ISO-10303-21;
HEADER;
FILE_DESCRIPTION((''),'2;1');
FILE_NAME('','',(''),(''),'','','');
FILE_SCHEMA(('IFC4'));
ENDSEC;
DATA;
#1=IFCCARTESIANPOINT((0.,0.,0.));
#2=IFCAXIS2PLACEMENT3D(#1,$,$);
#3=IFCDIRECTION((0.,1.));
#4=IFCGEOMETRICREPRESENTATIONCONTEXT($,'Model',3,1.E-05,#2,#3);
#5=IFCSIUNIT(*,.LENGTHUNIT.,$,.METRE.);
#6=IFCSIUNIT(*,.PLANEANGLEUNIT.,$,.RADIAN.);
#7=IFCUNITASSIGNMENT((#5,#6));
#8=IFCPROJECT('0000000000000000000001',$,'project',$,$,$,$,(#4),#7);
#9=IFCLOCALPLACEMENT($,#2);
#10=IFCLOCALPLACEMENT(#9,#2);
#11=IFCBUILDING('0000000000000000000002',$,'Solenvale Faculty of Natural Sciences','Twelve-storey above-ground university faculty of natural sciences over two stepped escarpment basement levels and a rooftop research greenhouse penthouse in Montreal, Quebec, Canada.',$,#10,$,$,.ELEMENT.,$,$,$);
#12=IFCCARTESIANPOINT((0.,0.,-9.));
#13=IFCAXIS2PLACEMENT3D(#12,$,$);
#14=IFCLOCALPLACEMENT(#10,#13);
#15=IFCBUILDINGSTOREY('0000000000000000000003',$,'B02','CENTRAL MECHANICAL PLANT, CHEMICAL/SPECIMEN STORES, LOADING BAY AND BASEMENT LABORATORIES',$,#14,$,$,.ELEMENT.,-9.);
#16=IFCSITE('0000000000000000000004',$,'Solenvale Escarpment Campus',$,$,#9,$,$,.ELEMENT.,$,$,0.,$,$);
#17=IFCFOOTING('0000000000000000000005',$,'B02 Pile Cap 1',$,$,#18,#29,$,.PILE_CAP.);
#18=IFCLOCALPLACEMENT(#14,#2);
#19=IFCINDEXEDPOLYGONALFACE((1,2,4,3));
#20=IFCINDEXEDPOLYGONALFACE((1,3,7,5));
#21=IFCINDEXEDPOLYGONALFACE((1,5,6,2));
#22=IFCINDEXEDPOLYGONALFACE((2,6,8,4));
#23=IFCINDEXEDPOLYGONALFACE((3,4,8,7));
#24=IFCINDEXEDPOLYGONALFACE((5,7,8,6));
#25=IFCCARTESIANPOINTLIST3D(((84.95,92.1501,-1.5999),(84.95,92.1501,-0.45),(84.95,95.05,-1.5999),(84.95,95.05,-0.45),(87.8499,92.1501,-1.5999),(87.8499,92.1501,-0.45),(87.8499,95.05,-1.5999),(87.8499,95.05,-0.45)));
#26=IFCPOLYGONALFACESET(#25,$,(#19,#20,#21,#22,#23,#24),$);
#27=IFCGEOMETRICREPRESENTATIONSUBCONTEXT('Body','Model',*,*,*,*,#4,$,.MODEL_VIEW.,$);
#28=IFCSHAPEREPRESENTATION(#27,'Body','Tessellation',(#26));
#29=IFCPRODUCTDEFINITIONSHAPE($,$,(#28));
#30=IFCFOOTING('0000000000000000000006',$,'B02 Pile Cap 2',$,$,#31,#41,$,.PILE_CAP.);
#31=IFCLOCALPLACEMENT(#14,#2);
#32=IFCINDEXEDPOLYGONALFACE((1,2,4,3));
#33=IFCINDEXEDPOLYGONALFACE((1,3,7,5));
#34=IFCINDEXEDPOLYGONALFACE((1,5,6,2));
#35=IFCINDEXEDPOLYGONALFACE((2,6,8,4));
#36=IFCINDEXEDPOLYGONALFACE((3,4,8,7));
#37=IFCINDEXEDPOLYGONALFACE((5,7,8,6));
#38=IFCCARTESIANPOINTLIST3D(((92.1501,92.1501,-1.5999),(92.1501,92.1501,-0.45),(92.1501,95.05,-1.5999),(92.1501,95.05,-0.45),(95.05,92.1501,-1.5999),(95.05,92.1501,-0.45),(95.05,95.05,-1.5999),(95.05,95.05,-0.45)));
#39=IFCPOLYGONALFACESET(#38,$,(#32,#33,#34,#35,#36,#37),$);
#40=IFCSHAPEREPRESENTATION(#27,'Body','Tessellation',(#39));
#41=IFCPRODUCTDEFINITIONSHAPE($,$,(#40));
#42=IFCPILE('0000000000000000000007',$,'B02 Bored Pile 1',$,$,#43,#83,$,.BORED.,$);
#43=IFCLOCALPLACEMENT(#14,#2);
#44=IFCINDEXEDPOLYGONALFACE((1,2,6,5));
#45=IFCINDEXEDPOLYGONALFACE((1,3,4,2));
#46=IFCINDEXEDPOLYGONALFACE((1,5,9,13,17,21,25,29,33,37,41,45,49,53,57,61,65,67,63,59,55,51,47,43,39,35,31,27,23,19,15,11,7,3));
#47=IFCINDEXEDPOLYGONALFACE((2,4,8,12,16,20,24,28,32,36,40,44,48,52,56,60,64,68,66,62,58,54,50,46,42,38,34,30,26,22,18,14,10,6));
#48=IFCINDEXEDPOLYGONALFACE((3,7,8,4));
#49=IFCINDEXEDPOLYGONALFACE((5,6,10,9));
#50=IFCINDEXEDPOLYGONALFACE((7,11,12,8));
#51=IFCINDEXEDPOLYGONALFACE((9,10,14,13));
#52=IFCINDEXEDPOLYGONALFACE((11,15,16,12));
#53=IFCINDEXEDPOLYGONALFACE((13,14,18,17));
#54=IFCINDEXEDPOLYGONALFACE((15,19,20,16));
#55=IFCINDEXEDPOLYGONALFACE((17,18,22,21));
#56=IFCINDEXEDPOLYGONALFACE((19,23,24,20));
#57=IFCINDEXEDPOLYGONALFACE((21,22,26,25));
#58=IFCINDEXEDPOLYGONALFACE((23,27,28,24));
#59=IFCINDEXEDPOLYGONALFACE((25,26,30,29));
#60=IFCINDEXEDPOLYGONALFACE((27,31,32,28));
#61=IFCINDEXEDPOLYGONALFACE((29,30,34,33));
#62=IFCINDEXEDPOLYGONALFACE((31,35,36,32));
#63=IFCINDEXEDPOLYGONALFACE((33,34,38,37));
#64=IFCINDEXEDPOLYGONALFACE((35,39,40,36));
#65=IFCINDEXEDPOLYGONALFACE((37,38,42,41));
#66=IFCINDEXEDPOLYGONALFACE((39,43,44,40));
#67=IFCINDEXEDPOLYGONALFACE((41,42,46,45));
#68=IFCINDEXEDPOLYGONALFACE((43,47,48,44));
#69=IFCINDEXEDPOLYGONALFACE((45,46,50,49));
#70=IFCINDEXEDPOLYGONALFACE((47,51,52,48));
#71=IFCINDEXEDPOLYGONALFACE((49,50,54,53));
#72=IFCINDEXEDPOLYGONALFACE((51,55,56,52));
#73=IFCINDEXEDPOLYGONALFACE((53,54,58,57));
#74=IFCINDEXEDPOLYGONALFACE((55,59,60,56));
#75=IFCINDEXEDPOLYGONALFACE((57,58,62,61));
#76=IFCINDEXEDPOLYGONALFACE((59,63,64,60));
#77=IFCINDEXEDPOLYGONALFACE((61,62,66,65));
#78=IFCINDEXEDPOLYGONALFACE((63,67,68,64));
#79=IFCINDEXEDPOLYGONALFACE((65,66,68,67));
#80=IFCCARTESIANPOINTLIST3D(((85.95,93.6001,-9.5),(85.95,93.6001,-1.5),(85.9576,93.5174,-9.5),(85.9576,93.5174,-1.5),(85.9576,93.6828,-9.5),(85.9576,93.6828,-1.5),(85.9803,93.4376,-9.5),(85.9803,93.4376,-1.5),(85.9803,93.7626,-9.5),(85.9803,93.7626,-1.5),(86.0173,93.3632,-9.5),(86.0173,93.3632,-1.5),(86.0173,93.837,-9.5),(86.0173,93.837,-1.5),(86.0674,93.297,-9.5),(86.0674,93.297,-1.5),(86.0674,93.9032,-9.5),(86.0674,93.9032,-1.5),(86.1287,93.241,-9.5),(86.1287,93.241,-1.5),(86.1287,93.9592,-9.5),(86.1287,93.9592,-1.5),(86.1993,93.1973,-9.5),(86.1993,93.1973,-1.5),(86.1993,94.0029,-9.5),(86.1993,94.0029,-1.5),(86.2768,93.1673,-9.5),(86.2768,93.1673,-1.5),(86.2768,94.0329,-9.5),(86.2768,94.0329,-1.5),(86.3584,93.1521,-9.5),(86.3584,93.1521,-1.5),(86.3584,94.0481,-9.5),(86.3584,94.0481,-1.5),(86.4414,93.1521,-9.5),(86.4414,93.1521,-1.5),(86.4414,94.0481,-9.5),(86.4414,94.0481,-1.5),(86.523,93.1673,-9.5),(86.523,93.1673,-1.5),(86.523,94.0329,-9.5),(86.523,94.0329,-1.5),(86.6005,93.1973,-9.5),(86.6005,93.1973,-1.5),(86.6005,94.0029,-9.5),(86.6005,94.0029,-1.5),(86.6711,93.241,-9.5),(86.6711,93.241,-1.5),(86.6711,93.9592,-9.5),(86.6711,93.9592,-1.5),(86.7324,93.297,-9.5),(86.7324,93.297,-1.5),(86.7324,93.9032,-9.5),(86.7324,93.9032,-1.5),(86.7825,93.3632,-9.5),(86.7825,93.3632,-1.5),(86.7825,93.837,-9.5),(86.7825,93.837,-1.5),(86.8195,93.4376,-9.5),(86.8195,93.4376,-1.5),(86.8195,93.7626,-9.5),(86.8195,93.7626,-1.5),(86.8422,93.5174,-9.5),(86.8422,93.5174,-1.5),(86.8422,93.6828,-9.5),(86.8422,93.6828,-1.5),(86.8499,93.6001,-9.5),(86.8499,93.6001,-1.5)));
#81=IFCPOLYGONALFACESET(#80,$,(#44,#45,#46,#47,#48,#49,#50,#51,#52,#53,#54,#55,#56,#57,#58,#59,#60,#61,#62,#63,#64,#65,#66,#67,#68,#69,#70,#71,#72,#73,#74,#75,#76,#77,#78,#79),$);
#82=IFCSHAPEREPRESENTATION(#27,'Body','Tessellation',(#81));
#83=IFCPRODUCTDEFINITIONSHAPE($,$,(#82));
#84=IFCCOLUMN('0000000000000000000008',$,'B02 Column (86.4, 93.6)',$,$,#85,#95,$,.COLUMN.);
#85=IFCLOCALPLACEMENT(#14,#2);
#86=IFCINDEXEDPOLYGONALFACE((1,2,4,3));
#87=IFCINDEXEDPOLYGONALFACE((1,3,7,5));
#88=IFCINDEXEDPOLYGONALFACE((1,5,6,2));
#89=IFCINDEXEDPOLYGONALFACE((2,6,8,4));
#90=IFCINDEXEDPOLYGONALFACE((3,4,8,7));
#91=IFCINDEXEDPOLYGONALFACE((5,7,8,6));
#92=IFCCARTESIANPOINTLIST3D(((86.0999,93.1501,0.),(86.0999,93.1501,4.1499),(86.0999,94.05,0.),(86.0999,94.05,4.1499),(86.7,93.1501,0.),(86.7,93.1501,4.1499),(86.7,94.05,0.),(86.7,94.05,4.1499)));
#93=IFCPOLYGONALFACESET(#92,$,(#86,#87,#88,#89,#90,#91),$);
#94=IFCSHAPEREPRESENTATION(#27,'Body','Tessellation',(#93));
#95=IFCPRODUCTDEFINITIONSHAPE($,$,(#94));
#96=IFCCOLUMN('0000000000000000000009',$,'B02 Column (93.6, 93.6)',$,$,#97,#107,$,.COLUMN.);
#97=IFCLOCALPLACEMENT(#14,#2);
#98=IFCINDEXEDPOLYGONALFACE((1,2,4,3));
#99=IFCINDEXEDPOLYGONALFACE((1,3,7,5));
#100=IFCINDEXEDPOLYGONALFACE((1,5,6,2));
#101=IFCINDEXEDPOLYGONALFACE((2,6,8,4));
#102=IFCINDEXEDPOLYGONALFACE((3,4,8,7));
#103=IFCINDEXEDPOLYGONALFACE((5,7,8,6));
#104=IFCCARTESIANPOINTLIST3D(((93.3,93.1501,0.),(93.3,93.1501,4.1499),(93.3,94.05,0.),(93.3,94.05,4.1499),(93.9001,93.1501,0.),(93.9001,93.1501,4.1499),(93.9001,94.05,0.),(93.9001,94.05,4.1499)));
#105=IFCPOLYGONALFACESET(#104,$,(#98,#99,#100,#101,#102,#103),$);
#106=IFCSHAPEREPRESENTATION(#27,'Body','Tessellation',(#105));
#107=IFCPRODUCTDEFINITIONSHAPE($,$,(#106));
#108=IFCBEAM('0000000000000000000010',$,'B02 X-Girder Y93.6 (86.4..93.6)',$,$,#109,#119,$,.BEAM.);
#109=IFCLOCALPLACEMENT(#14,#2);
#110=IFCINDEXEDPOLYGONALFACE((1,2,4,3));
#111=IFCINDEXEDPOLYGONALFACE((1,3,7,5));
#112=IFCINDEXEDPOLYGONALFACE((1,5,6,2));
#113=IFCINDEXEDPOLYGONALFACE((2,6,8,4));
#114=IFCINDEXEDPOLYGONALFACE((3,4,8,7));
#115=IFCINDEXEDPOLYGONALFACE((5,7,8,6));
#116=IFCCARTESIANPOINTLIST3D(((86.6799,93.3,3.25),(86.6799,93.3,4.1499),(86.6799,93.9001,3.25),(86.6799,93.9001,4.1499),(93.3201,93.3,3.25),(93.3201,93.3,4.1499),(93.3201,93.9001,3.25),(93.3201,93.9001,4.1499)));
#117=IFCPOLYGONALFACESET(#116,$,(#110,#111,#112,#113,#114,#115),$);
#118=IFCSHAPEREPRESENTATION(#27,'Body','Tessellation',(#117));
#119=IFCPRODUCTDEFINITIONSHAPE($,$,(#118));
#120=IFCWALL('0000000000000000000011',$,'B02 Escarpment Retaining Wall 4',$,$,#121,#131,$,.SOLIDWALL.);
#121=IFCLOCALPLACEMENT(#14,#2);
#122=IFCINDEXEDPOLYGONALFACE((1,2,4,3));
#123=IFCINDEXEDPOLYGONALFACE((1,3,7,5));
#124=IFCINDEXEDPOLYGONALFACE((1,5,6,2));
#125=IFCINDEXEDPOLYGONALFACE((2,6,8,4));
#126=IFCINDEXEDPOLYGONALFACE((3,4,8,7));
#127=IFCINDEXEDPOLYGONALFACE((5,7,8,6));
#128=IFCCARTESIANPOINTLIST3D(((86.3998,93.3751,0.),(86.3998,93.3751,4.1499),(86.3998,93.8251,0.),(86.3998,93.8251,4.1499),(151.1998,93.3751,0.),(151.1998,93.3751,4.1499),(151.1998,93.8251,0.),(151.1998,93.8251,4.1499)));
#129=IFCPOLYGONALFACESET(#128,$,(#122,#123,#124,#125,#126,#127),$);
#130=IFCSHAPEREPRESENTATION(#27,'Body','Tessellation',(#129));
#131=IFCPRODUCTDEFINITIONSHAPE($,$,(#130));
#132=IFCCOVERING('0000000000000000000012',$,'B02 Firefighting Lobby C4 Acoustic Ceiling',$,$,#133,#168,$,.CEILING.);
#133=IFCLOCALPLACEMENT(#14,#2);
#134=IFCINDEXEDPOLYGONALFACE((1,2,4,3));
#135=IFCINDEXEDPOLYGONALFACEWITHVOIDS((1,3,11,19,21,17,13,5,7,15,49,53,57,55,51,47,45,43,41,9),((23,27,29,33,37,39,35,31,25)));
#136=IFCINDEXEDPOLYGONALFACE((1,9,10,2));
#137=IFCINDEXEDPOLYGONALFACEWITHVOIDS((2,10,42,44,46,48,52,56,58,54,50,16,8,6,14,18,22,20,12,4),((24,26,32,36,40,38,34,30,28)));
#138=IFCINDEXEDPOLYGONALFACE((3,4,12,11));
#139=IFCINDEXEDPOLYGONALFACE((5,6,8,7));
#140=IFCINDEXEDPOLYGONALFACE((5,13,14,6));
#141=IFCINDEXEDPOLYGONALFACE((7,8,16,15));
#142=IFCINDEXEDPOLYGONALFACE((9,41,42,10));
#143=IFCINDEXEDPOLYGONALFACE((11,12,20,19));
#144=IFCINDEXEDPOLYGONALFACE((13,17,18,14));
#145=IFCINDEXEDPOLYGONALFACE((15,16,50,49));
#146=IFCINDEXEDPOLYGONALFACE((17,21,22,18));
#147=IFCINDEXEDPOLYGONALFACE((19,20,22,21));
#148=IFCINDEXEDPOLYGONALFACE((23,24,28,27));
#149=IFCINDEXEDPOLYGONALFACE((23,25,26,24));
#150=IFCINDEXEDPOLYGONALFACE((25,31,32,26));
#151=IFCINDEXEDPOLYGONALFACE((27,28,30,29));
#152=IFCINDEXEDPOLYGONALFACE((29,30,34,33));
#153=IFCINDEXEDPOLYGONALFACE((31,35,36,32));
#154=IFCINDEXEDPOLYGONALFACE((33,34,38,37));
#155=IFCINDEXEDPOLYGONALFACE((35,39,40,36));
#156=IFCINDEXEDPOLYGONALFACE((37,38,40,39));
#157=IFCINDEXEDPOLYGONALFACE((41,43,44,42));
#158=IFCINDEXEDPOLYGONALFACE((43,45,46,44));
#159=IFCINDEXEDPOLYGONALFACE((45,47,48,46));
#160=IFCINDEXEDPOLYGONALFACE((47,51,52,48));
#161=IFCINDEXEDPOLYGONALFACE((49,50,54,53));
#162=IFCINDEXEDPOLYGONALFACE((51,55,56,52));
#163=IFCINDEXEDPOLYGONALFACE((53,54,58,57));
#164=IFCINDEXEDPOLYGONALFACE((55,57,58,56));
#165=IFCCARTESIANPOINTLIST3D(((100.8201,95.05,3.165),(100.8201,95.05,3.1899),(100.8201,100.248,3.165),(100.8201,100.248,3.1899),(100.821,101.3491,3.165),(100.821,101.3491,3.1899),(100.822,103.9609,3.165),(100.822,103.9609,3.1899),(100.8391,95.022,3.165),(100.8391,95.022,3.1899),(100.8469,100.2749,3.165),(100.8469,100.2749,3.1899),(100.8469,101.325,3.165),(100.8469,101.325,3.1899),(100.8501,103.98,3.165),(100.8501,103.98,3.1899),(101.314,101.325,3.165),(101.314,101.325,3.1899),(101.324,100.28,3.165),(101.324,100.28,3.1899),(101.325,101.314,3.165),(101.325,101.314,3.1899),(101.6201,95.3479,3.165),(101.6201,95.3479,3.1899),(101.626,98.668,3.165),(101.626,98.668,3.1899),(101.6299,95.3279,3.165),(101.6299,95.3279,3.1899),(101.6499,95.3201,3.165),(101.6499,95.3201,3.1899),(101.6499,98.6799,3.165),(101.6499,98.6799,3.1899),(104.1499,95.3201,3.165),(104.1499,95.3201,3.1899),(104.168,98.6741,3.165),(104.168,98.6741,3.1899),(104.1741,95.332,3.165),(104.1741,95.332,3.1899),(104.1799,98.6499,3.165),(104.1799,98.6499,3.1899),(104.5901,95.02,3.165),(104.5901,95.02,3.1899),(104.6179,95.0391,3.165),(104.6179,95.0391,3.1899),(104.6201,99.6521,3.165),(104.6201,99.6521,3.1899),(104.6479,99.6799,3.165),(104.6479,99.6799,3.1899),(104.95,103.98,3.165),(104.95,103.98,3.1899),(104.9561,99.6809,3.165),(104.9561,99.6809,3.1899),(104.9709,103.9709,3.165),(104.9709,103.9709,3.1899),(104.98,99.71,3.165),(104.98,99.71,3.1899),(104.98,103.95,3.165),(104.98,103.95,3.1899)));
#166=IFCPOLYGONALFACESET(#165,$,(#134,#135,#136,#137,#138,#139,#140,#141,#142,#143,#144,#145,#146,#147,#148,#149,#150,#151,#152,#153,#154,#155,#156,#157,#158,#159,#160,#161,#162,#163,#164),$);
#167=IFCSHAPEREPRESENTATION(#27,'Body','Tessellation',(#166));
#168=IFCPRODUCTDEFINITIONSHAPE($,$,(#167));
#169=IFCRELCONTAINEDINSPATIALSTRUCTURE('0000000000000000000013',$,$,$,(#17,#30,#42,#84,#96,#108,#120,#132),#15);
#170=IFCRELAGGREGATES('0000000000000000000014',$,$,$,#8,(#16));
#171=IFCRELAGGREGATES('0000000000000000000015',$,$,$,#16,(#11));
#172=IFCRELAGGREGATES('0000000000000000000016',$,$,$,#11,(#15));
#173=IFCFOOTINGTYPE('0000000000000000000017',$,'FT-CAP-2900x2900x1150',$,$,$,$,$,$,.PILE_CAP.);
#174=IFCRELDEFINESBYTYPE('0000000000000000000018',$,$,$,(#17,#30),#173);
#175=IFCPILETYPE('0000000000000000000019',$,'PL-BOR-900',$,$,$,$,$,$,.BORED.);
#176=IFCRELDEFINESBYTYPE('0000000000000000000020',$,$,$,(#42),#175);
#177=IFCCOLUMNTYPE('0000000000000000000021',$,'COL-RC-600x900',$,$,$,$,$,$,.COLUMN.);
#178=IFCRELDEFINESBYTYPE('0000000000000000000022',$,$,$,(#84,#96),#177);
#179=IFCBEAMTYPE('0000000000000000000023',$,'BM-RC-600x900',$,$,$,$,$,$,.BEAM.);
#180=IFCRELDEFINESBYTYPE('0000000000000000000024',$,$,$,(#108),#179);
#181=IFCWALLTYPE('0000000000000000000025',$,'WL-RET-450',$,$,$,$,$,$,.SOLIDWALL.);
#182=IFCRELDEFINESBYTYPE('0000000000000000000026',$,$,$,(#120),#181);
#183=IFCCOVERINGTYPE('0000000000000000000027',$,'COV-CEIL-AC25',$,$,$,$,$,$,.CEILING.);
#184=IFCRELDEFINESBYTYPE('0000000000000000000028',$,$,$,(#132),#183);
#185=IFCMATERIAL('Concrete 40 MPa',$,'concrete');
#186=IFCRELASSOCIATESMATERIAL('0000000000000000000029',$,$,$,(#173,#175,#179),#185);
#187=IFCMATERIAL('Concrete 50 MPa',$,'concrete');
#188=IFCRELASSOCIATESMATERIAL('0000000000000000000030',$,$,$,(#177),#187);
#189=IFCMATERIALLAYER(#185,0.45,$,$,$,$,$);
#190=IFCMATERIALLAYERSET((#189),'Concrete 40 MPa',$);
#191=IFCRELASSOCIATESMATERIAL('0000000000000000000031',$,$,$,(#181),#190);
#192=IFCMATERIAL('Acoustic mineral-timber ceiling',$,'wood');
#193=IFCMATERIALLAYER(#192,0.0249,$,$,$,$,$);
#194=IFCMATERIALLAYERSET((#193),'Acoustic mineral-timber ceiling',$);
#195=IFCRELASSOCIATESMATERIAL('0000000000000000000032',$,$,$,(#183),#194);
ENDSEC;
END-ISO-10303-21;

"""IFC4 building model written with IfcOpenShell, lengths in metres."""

from ifc_helpers import new_model, si_unit, direction, frame, frame_2d, origin, origin_2d, place, context, subcontext, project, spatial, polyline, rectangle, circle, outline, extrude, material, layer, layer_set, material_profile, profile_set, type_object, element, save


model = new_model("IFC4")

# Units and contexts
model_context = context("Model", 3, precision=1e-05, world=origin(), true_north=direction((0.0, 1.0)))
body_context = subcontext(model_context, "Body", "Model", "MODEL_VIEW")
ifc_project = project(units=[si_unit("LENGTHUNIT", "METRE"), si_unit("PLANEANGLEUNIT", "RADIAN")], contexts=[model_context])

# Site, building, storey
site_placement = place(None, origin())
site = spatial("IfcSite", under=ifc_project, at=site_placement, Name="Solenvale Escarpment Campus", CompositionType="ELEMENT", RefElevation=0.0)
building_placement = place(site_placement, origin())
building = spatial("IfcBuilding", under=site, at=building_placement, Name="Solenvale Faculty of Natural Sciences", Description="Twelve-storey above-ground university faculty of natural sciences over two stepped escarpment basement levels and a rooftop research greenhouse penthouse in Montreal, Quebec, Canada.", CompositionType="ELEMENT")
storey_placement = place(building_placement, frame((0.0, 0.0, -9.0)))
storey = spatial("IfcBuildingStorey", under=building, at=storey_placement, Name="B02", Description="CENTRAL MECHANICAL PLANT, CHEMICAL/SPECIMEN STORES, LOADING BAY AND BASEMENT LABORATORIES", CompositionType="ELEMENT", Elevation=-9.0)

# Footings
ifc_material_1 = material(Name="Concrete 40 MPa", Category="concrete")
footing_type = type_object("IfcFootingType", Name="FT-CAP-2900x2900x1150", PredefinedType="PILE_CAP", material=ifc_material_1)
for number, where, z_axis, x_axis, name in (
    (1, (86.3999, 93.6001, -1.5999), (0.0, 0.0, 1.0), (1.0, 0.0, 0.0), "B02 Pile Cap 1"),
    (2, (93.6001, 93.6001, -1.5999), (0.0, 0.0, 1.0), (1.0, 0.0, 0.0), "B02 Pile Cap 2"),
):
    element("IfcFooting", number, at=place(storey_placement, frame(where, z_axis=z_axis, x_axis=x_axis)), inside=storey, type_object=footing_type, Name=name, PredefinedType="PILE_CAP", context=body_context, shape_type="SweptSolid", body=[
        extrude(rectangle(XDim=2.8999, YDim=2.8999, at=origin_2d()), origin(), (0.0, 0.0, 1.0), 1.1499),
    ])

# Pile
ifc_material_profile_1 = material_profile(ifc_material_1, circle(Radius=0.45, at=origin_2d()), Name="PILE-D900")
ifc_profile_set_1 = profile_set([ifc_material_profile_1], Name="Concrete 40 MPa")
pile_type = type_object("IfcPileType", Name="PL-BOR-900", PredefinedType="BORED", material=ifc_profile_set_1)
pile_placement = place(storey_placement, frame((86.3999, 93.6001, -1.5), z_axis=(0.0, 0.0, -1.0), x_axis=(1.0, 0.0, 0.0)))
element("IfcPile", 3, at=pile_placement, inside=storey, type_object=pile_type, Name="B02 Bored Pile 1", PredefinedType="BORED", context=body_context, shape_type="SweptSolid", body=[
    extrude(circle(Radius=0.45, at=origin_2d()), origin(), (0.0, 0.0, 1.0), 8.0),
])

# Columns
ifc_material_2 = material(Name="Concrete 50 MPa", Category="concrete")
ifc_material_profile_2 = material_profile(ifc_material_2, rectangle(XDim=0.6001, YDim=0.8999, at=origin_2d()), Name="RC-COL-600x900")
ifc_profile_set_2 = profile_set([ifc_material_profile_2], Name="Concrete 50 MPa")
column_type = type_object("IfcColumnType", Name="COL-RC-600x900", PredefinedType="COLUMN", material=ifc_profile_set_2)
for number, where, z_axis, x_axis, name in (
    (4, (86.3999, 93.6001, 0.0), (0.0, 0.0, 1.0), (1.0, 0.0, 0.0), "B02 Column (86.4, 93.6)"),
    (5, (93.6001, 93.6001, 0.0), (0.0, 0.0, 1.0), (1.0, 0.0, 0.0), "B02 Column (93.6, 93.6)"),
):
    element("IfcColumn", number, at=place(storey_placement, frame(where, z_axis=z_axis, x_axis=x_axis)), inside=storey, type_object=column_type, Name=name, PredefinedType="COLUMN", context=body_context, shape_type="SweptSolid", body=[
        extrude(rectangle(XDim=0.6001, YDim=0.8999, at=origin_2d()), origin(), (0.0, 0.0, 1.0), 4.1499),
    ])

# Beam
ifc_material_profile_3 = material_profile(ifc_material_1, rectangle(XDim=0.6001, YDim=0.8999, at=origin_2d()), Name="RC-BM-600x900")
ifc_profile_set_3 = profile_set([ifc_material_profile_3], Name="Concrete 40 MPa")
beam_type = type_object("IfcBeamType", Name="BM-RC-600x900", PredefinedType="BEAM", material=ifc_profile_set_3)
beam_placement = place(storey_placement, frame((86.6799, 93.6001, 3.7), z_axis=(1.0, 0.0, 0.0), x_axis=(0.0, 1.0, 0.0)))
element("IfcBeam", 6, at=beam_placement, inside=storey, type_object=beam_type, Name="B02 X-Girder Y93.6 (86.4..93.6)", PredefinedType="BEAM", context=body_context, shape_type="SweptSolid", body=[
    extrude(rectangle(XDim=0.6001, YDim=0.8999, at=origin_2d()), origin(), (0.0, 0.0, 1.0), 6.6401),
])

# Wall
ifc_layer_1 = layer(ifc_material_1, 0.45)
ifc_layer_set_1 = layer_set([ifc_layer_1], Name="Concrete 40 MPa")
wall_type = type_object("IfcWallType", Name="WL-RET-450", PredefinedType="SOLIDWALL", material=ifc_layer_set_1)
wall_placement = place(storey_placement, frame((86.3999, 93.6001, 0.0), z_axis=(0.0, 0.0, 1.0), x_axis=(1.0, 0.0, 0.0)))
element("IfcWall", 7, at=wall_placement, inside=storey, type_object=wall_type, Name="B02 Escarpment Retaining Wall 4", PredefinedType="SOLIDWALL", context=body_context, shape_type="SweptSolid", body=[
    extrude(rectangle(XDim=64.8, YDim=0.45, at=frame_2d((32.3999, 0.0))), origin(), (0.0, 0.0, 1.0), 4.1499),
])

# Covering
ifc_material_3 = material(Name="Acoustic mineral-timber ceiling", Category="wood")
ifc_layer_2 = layer(ifc_material_3, 0.0249)
ifc_layer_set_2 = layer_set([ifc_layer_2], Name="Acoustic mineral-timber ceiling")
covering_type_1 = type_object("IfcCoveringType", Name="COV-CEIL-AC25", PredefinedType="CEILING", material=ifc_layer_set_2)
covering_1_placement = place(storey_placement, frame((0.0, 0.0, 3.165)))
element("IfcCovering", 8, at=covering_1_placement, inside=storey, type_object=covering_type_1, Name="B02 Firefighting Lobby C4 Acoustic Ceiling", PredefinedType="CEILING", context=body_context, shape_type="SweptSolid", body=[
    extrude(outline(polyline([(104.95, 103.98), (104.9709, 103.9709), (104.98, 103.95), (104.98, 99.71), (104.9561, 99.6809), (104.6479, 99.6799), (104.6201, 99.6521), (104.6179, 95.0391), (104.5901, 95.02), (100.8391, 95.022), (100.8201, 95.05), (100.8201, 100.248), (100.8469, 100.2749), (101.324, 100.28), (101.325, 101.314), (101.314, 101.325), (100.8469, 101.325), (100.821, 101.3491), (100.822, 103.9609), (100.8501, 103.98), (104.95, 103.98)]), holes=[polyline([(101.6201, 95.3479), (101.6299, 95.3279), (101.6499, 95.3201), (104.1499, 95.3201), (104.1741, 95.332), (104.1799, 98.6499), (104.168, 98.6741), (101.6499, 98.6799), (101.626, 98.668), (101.6201, 95.3479)])]), origin(), (0.0, 0.0, 1.0), 0.0249),
])

save(model, "model.ifc")
